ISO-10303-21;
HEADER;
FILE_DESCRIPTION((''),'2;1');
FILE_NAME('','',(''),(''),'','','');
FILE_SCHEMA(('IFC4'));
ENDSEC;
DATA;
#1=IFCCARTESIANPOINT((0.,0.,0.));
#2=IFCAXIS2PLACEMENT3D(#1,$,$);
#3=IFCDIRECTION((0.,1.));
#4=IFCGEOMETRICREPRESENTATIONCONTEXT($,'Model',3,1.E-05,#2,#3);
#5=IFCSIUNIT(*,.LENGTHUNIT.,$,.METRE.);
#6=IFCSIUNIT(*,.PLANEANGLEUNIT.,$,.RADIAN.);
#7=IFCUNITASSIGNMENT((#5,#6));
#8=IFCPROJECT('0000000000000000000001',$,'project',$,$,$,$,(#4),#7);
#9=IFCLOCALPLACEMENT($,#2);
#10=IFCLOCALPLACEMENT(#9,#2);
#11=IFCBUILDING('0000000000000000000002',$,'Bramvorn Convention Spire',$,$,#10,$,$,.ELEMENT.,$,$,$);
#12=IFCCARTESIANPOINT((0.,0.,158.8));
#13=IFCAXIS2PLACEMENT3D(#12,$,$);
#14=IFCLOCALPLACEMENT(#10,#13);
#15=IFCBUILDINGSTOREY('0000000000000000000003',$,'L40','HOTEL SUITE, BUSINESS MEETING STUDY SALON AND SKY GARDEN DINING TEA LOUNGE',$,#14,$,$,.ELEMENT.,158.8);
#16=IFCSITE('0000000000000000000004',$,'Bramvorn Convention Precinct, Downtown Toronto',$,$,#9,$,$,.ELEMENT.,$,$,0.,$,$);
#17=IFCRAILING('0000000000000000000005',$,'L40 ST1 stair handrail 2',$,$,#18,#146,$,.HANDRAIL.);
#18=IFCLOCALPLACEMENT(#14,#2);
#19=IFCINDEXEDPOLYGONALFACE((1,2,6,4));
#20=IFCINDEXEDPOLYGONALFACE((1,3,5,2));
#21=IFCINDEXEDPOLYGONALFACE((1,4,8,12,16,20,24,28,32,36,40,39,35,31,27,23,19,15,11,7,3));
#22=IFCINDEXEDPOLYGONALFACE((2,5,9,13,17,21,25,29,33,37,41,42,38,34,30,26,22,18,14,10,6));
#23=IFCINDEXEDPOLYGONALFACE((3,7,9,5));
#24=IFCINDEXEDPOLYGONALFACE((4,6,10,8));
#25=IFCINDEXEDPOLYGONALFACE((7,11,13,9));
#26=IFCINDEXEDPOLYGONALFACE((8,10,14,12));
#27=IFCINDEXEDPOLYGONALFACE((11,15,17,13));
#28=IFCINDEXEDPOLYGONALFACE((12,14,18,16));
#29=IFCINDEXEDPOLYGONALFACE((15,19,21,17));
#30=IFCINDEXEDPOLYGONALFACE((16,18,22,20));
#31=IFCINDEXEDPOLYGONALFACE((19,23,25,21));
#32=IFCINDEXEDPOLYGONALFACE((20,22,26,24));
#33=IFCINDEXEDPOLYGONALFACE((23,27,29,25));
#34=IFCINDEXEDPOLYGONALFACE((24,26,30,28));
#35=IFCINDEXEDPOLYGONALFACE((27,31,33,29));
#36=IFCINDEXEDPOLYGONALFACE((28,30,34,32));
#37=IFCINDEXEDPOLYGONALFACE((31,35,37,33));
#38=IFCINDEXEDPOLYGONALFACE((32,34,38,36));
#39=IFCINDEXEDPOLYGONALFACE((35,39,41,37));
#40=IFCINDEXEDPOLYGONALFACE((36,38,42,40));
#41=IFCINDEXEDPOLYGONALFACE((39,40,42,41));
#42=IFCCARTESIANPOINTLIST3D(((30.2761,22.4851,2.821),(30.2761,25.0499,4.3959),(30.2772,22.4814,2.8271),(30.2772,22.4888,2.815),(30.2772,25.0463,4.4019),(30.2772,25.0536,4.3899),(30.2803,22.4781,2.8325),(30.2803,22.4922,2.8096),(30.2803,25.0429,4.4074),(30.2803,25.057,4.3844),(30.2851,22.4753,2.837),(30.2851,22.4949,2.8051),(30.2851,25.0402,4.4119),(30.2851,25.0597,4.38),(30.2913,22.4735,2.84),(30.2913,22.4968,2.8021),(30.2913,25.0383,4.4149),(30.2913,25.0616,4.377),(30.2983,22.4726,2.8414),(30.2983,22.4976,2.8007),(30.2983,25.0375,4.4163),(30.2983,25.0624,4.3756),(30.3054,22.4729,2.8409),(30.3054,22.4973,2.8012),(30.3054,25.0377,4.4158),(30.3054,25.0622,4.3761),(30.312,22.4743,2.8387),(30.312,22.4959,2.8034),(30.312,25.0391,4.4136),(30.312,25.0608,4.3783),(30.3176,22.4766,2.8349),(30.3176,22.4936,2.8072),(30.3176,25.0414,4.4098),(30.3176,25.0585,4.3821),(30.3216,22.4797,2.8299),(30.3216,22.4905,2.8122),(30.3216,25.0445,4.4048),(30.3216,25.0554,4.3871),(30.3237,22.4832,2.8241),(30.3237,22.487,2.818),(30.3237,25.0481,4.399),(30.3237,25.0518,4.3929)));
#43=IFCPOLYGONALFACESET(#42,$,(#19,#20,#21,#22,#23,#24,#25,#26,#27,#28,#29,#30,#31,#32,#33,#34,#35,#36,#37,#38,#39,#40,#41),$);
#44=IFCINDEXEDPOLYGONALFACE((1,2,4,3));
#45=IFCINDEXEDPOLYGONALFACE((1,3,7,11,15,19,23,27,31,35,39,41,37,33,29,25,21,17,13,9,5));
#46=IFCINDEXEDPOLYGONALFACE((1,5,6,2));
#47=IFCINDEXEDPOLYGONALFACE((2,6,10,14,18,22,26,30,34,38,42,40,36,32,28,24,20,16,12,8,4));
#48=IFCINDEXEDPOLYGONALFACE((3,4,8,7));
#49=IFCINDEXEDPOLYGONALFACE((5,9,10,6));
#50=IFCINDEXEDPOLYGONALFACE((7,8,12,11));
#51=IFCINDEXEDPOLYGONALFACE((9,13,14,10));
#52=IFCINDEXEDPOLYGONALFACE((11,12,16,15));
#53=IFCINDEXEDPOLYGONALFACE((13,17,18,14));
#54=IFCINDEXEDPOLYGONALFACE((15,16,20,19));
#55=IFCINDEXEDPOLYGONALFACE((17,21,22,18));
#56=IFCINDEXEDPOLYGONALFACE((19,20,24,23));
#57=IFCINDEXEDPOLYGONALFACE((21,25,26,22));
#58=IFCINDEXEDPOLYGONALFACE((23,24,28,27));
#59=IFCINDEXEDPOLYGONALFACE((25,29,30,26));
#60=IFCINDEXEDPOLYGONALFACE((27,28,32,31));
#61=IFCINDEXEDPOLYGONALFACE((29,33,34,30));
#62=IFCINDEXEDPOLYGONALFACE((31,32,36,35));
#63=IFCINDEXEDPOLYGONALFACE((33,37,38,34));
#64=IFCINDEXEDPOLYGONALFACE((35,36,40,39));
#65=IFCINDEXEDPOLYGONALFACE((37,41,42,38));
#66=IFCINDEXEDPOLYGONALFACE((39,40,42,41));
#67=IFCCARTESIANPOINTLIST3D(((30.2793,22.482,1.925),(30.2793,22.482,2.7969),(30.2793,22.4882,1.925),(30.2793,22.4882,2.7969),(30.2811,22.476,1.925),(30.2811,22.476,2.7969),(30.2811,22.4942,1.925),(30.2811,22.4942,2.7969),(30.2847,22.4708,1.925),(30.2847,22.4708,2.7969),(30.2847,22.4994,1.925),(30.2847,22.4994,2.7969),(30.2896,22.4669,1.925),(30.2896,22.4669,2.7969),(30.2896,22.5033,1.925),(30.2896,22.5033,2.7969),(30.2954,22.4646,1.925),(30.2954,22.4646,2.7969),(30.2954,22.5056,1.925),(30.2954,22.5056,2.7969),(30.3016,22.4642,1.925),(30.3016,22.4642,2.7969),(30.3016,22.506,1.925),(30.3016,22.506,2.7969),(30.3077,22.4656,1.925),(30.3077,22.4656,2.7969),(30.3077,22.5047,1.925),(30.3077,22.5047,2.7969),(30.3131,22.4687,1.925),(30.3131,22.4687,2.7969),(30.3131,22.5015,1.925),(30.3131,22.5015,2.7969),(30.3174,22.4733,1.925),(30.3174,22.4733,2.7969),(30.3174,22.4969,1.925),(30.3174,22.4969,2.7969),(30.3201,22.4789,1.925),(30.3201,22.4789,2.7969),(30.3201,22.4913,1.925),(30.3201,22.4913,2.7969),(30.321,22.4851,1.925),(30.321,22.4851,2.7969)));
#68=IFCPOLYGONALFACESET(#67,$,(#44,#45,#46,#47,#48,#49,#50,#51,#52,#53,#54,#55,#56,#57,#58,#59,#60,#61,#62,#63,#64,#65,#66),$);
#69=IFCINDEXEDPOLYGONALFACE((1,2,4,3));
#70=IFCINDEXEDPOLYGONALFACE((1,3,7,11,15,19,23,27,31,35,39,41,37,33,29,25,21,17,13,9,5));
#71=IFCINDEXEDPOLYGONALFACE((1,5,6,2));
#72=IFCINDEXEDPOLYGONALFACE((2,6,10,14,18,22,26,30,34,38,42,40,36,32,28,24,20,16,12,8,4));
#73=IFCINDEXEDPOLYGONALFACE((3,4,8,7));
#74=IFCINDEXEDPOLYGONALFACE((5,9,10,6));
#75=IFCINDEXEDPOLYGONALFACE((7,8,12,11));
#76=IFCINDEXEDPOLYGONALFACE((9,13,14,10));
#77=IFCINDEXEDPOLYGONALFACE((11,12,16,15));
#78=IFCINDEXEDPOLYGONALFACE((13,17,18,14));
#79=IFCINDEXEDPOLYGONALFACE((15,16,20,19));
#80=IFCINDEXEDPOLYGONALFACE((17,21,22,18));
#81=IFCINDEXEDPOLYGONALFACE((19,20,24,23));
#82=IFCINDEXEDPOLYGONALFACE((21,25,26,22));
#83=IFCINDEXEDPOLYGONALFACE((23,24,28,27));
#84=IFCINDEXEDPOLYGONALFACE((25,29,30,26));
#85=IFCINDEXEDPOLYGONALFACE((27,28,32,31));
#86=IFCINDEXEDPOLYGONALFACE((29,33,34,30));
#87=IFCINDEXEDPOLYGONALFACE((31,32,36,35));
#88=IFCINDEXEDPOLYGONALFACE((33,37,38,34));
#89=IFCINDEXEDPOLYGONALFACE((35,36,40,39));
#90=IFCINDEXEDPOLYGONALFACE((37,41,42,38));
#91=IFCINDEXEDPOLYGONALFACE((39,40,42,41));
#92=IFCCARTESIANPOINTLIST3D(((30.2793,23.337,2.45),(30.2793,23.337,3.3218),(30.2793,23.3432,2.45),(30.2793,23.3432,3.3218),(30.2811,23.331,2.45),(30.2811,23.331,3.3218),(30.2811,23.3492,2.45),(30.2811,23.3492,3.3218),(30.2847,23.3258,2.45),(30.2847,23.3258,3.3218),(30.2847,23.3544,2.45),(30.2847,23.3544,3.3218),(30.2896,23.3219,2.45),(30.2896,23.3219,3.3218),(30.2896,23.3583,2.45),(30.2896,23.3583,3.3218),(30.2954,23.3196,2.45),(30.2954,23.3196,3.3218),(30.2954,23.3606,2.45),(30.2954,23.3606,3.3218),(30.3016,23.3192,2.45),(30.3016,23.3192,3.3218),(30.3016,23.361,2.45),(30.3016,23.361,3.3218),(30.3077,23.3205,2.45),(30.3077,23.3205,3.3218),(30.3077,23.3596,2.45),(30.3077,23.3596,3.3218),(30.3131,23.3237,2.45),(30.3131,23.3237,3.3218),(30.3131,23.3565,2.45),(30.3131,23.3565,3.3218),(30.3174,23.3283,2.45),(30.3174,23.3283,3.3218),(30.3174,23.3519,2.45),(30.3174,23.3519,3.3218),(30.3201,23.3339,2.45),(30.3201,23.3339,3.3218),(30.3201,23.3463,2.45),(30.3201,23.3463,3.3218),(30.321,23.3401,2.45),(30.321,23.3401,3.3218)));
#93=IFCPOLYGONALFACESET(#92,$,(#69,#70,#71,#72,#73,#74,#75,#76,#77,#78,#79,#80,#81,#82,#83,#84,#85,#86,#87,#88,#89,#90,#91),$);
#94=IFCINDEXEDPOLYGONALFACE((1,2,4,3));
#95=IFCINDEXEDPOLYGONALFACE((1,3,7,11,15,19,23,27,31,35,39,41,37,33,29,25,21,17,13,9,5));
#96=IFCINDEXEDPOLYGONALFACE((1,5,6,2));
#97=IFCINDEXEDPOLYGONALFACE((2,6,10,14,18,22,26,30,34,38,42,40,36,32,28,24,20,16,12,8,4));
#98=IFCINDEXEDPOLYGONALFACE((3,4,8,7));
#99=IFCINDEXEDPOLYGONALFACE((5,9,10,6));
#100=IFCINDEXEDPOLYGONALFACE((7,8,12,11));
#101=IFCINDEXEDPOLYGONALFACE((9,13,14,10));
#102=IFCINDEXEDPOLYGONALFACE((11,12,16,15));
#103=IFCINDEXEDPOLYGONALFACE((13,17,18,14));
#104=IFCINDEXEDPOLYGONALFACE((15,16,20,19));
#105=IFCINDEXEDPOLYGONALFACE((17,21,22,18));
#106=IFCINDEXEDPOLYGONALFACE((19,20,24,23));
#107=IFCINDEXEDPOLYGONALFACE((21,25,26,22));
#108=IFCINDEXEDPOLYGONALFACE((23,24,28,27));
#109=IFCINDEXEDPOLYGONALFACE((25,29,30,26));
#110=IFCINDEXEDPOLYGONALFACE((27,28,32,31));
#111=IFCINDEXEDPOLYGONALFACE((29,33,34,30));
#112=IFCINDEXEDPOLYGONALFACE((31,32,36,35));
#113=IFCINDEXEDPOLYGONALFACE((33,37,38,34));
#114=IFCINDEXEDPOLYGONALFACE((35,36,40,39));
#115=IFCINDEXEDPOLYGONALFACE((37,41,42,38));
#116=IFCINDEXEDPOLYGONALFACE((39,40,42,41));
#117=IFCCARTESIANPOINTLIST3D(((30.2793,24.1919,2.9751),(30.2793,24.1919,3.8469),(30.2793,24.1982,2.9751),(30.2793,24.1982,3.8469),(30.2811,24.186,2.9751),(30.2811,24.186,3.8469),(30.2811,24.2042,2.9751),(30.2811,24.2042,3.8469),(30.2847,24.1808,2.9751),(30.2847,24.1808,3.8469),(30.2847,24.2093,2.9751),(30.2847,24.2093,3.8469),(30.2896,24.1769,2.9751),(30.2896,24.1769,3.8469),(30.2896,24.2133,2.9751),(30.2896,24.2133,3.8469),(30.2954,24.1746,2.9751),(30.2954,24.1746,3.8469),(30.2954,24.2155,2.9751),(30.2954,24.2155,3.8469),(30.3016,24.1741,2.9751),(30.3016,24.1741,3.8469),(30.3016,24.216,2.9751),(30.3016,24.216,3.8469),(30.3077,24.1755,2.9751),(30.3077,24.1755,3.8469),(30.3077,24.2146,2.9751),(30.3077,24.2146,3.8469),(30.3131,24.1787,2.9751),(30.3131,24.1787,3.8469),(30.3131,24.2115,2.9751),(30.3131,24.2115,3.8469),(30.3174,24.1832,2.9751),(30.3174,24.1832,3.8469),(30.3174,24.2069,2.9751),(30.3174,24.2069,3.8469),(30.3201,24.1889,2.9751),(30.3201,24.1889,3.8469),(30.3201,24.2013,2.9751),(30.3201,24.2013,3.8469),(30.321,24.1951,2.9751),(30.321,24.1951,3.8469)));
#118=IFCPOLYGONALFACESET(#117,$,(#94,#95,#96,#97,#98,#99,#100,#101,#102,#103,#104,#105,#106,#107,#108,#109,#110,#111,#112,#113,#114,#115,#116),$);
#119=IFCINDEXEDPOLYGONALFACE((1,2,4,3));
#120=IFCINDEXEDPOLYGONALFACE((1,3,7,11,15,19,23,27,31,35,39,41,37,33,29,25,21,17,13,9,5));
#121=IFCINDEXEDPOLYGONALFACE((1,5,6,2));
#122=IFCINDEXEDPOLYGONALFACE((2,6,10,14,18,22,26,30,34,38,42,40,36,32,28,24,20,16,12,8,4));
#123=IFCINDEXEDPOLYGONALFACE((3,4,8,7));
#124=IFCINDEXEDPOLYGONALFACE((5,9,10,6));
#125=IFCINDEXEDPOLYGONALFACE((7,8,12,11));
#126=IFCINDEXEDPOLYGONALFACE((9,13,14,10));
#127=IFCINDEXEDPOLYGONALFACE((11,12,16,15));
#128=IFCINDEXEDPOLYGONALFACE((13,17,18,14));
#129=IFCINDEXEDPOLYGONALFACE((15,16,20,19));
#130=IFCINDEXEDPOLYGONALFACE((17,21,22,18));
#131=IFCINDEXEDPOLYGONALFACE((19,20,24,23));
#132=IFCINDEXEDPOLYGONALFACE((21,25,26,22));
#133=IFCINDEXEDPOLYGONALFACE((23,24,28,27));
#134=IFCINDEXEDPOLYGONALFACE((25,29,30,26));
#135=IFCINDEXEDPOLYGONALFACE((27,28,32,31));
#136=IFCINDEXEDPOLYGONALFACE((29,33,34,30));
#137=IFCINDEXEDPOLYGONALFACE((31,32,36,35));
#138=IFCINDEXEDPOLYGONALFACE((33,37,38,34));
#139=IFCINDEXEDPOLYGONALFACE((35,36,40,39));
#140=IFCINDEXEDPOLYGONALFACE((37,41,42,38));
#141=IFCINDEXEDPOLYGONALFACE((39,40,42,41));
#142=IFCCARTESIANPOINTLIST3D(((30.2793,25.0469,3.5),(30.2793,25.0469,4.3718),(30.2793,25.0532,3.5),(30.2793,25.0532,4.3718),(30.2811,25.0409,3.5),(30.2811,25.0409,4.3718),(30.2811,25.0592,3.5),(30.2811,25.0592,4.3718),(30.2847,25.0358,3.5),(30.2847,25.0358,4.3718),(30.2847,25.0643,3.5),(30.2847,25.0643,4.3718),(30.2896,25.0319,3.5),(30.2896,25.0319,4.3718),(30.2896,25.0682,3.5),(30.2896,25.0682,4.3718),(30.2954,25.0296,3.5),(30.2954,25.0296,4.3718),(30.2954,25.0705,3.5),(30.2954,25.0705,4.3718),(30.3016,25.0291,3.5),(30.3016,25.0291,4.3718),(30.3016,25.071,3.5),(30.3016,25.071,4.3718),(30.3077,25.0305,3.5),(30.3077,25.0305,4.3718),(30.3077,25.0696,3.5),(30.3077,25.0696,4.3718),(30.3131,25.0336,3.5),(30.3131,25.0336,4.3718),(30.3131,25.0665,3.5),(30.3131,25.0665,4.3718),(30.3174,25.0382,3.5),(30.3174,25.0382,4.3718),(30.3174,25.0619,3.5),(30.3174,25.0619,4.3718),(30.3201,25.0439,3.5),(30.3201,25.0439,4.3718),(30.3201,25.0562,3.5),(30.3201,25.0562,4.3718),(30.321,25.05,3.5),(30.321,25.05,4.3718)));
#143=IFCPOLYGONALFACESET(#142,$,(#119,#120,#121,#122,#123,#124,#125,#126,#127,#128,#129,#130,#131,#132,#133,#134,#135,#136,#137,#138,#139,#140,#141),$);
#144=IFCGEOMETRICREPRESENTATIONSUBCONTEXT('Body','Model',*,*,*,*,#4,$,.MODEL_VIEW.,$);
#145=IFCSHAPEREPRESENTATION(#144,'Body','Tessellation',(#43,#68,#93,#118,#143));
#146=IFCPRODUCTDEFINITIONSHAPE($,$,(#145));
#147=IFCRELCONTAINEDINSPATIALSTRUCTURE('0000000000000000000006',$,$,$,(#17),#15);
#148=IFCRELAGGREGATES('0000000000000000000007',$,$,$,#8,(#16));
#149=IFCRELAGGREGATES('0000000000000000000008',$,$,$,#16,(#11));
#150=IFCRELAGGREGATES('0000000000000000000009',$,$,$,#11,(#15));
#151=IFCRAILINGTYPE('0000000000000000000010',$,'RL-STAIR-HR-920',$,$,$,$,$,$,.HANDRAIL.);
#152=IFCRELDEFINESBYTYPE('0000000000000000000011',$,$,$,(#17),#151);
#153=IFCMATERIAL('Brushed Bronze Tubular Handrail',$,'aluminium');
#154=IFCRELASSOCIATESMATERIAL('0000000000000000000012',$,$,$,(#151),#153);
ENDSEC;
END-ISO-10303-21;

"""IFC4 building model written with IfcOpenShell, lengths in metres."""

from ifc_helpers import new_model, si_unit, direction, frame, origin, origin_2d, place, context, subcontext, project, spatial, circle, extrude, material, type_object, element, save


model = new_model("IFC4")

# Units and contexts
model_context = context("Model", 3, precision=1e-05, world=origin(), true_north=direction((0.0, 1.0)))
body_context = subcontext(model_context, "Body", "Model", "MODEL_VIEW")
ifc_project = project(units=[si_unit("LENGTHUNIT", "METRE"), si_unit("PLANEANGLEUNIT", "RADIAN")], contexts=[model_context])

# Site, building, storey
site_placement = place(None, origin())
site = spatial("IfcSite", under=ifc_project, at=site_placement, Name="Bramvorn Convention Precinct, Downtown Toronto", CompositionType="ELEMENT", RefElevation=0.0)
building_placement = place(site_placement, origin())
building = spatial("IfcBuilding", under=site, at=building_placement, Name="Bramvorn Convention Spire", CompositionType="ELEMENT")
storey_placement = place(building_placement, frame((0.0, 0.0, 158.8)))
storey = spatial("IfcBuildingStorey", under=building, at=storey_placement, Name="L40", Description="HOTEL SUITE, BUSINESS MEETING STUDY SALON AND SKY GARDEN DINING TEA LOUNGE", CompositionType="ELEMENT", Elevation=158.8)

# Railing
ifc_material_1 = material(Name="Brushed Bronze Tubular Handrail", Category="aluminium")
railing_type_1 = type_object("IfcRailingType", Name="RL-STAIR-HR-920", PredefinedType="HANDRAIL", material=ifc_material_1)
railing_1_placement = place(storey_placement, frame((30.3, 22.4851, 1.925)))
element("IfcRailing", 1, at=railing_1_placement, inside=storey, type_object=railing_type_1, Name="L40 ST1 stair handrail 2", PredefinedType="HANDRAIL", context=body_context, shape_type="SweptSolid", body=[
    extrude(circle(Radius=0.0239, at=origin_2d()), frame((0.0, 0.0, 0.896), z_axis=(0.0, 0.852173, 0.52326), x_axis=(-1.0, 0.0, 0.0)), (0.0, 0.0, 1.0), 3.0098),
    extrude(circle(Radius=0.021, at=origin_2d()), origin(), (0.0, 0.0, 1.0), 0.8718),
    extrude(circle(Radius=0.021, at=origin_2d()), frame((0.0, 0.855, 0.5249)), (0.0, 0.0, 1.0), 0.8718),
    extrude(circle(Radius=0.021, at=origin_2d()), frame((0.0, 1.71, 1.05)), (0.0, 0.0, 1.0), 0.8718),
    extrude(circle(Radius=0.021, at=origin_2d()), frame((0.0, 2.5649, 1.575)), (0.0, 0.0, 1.0), 0.8718),
])

save(model, "model.ifc")
